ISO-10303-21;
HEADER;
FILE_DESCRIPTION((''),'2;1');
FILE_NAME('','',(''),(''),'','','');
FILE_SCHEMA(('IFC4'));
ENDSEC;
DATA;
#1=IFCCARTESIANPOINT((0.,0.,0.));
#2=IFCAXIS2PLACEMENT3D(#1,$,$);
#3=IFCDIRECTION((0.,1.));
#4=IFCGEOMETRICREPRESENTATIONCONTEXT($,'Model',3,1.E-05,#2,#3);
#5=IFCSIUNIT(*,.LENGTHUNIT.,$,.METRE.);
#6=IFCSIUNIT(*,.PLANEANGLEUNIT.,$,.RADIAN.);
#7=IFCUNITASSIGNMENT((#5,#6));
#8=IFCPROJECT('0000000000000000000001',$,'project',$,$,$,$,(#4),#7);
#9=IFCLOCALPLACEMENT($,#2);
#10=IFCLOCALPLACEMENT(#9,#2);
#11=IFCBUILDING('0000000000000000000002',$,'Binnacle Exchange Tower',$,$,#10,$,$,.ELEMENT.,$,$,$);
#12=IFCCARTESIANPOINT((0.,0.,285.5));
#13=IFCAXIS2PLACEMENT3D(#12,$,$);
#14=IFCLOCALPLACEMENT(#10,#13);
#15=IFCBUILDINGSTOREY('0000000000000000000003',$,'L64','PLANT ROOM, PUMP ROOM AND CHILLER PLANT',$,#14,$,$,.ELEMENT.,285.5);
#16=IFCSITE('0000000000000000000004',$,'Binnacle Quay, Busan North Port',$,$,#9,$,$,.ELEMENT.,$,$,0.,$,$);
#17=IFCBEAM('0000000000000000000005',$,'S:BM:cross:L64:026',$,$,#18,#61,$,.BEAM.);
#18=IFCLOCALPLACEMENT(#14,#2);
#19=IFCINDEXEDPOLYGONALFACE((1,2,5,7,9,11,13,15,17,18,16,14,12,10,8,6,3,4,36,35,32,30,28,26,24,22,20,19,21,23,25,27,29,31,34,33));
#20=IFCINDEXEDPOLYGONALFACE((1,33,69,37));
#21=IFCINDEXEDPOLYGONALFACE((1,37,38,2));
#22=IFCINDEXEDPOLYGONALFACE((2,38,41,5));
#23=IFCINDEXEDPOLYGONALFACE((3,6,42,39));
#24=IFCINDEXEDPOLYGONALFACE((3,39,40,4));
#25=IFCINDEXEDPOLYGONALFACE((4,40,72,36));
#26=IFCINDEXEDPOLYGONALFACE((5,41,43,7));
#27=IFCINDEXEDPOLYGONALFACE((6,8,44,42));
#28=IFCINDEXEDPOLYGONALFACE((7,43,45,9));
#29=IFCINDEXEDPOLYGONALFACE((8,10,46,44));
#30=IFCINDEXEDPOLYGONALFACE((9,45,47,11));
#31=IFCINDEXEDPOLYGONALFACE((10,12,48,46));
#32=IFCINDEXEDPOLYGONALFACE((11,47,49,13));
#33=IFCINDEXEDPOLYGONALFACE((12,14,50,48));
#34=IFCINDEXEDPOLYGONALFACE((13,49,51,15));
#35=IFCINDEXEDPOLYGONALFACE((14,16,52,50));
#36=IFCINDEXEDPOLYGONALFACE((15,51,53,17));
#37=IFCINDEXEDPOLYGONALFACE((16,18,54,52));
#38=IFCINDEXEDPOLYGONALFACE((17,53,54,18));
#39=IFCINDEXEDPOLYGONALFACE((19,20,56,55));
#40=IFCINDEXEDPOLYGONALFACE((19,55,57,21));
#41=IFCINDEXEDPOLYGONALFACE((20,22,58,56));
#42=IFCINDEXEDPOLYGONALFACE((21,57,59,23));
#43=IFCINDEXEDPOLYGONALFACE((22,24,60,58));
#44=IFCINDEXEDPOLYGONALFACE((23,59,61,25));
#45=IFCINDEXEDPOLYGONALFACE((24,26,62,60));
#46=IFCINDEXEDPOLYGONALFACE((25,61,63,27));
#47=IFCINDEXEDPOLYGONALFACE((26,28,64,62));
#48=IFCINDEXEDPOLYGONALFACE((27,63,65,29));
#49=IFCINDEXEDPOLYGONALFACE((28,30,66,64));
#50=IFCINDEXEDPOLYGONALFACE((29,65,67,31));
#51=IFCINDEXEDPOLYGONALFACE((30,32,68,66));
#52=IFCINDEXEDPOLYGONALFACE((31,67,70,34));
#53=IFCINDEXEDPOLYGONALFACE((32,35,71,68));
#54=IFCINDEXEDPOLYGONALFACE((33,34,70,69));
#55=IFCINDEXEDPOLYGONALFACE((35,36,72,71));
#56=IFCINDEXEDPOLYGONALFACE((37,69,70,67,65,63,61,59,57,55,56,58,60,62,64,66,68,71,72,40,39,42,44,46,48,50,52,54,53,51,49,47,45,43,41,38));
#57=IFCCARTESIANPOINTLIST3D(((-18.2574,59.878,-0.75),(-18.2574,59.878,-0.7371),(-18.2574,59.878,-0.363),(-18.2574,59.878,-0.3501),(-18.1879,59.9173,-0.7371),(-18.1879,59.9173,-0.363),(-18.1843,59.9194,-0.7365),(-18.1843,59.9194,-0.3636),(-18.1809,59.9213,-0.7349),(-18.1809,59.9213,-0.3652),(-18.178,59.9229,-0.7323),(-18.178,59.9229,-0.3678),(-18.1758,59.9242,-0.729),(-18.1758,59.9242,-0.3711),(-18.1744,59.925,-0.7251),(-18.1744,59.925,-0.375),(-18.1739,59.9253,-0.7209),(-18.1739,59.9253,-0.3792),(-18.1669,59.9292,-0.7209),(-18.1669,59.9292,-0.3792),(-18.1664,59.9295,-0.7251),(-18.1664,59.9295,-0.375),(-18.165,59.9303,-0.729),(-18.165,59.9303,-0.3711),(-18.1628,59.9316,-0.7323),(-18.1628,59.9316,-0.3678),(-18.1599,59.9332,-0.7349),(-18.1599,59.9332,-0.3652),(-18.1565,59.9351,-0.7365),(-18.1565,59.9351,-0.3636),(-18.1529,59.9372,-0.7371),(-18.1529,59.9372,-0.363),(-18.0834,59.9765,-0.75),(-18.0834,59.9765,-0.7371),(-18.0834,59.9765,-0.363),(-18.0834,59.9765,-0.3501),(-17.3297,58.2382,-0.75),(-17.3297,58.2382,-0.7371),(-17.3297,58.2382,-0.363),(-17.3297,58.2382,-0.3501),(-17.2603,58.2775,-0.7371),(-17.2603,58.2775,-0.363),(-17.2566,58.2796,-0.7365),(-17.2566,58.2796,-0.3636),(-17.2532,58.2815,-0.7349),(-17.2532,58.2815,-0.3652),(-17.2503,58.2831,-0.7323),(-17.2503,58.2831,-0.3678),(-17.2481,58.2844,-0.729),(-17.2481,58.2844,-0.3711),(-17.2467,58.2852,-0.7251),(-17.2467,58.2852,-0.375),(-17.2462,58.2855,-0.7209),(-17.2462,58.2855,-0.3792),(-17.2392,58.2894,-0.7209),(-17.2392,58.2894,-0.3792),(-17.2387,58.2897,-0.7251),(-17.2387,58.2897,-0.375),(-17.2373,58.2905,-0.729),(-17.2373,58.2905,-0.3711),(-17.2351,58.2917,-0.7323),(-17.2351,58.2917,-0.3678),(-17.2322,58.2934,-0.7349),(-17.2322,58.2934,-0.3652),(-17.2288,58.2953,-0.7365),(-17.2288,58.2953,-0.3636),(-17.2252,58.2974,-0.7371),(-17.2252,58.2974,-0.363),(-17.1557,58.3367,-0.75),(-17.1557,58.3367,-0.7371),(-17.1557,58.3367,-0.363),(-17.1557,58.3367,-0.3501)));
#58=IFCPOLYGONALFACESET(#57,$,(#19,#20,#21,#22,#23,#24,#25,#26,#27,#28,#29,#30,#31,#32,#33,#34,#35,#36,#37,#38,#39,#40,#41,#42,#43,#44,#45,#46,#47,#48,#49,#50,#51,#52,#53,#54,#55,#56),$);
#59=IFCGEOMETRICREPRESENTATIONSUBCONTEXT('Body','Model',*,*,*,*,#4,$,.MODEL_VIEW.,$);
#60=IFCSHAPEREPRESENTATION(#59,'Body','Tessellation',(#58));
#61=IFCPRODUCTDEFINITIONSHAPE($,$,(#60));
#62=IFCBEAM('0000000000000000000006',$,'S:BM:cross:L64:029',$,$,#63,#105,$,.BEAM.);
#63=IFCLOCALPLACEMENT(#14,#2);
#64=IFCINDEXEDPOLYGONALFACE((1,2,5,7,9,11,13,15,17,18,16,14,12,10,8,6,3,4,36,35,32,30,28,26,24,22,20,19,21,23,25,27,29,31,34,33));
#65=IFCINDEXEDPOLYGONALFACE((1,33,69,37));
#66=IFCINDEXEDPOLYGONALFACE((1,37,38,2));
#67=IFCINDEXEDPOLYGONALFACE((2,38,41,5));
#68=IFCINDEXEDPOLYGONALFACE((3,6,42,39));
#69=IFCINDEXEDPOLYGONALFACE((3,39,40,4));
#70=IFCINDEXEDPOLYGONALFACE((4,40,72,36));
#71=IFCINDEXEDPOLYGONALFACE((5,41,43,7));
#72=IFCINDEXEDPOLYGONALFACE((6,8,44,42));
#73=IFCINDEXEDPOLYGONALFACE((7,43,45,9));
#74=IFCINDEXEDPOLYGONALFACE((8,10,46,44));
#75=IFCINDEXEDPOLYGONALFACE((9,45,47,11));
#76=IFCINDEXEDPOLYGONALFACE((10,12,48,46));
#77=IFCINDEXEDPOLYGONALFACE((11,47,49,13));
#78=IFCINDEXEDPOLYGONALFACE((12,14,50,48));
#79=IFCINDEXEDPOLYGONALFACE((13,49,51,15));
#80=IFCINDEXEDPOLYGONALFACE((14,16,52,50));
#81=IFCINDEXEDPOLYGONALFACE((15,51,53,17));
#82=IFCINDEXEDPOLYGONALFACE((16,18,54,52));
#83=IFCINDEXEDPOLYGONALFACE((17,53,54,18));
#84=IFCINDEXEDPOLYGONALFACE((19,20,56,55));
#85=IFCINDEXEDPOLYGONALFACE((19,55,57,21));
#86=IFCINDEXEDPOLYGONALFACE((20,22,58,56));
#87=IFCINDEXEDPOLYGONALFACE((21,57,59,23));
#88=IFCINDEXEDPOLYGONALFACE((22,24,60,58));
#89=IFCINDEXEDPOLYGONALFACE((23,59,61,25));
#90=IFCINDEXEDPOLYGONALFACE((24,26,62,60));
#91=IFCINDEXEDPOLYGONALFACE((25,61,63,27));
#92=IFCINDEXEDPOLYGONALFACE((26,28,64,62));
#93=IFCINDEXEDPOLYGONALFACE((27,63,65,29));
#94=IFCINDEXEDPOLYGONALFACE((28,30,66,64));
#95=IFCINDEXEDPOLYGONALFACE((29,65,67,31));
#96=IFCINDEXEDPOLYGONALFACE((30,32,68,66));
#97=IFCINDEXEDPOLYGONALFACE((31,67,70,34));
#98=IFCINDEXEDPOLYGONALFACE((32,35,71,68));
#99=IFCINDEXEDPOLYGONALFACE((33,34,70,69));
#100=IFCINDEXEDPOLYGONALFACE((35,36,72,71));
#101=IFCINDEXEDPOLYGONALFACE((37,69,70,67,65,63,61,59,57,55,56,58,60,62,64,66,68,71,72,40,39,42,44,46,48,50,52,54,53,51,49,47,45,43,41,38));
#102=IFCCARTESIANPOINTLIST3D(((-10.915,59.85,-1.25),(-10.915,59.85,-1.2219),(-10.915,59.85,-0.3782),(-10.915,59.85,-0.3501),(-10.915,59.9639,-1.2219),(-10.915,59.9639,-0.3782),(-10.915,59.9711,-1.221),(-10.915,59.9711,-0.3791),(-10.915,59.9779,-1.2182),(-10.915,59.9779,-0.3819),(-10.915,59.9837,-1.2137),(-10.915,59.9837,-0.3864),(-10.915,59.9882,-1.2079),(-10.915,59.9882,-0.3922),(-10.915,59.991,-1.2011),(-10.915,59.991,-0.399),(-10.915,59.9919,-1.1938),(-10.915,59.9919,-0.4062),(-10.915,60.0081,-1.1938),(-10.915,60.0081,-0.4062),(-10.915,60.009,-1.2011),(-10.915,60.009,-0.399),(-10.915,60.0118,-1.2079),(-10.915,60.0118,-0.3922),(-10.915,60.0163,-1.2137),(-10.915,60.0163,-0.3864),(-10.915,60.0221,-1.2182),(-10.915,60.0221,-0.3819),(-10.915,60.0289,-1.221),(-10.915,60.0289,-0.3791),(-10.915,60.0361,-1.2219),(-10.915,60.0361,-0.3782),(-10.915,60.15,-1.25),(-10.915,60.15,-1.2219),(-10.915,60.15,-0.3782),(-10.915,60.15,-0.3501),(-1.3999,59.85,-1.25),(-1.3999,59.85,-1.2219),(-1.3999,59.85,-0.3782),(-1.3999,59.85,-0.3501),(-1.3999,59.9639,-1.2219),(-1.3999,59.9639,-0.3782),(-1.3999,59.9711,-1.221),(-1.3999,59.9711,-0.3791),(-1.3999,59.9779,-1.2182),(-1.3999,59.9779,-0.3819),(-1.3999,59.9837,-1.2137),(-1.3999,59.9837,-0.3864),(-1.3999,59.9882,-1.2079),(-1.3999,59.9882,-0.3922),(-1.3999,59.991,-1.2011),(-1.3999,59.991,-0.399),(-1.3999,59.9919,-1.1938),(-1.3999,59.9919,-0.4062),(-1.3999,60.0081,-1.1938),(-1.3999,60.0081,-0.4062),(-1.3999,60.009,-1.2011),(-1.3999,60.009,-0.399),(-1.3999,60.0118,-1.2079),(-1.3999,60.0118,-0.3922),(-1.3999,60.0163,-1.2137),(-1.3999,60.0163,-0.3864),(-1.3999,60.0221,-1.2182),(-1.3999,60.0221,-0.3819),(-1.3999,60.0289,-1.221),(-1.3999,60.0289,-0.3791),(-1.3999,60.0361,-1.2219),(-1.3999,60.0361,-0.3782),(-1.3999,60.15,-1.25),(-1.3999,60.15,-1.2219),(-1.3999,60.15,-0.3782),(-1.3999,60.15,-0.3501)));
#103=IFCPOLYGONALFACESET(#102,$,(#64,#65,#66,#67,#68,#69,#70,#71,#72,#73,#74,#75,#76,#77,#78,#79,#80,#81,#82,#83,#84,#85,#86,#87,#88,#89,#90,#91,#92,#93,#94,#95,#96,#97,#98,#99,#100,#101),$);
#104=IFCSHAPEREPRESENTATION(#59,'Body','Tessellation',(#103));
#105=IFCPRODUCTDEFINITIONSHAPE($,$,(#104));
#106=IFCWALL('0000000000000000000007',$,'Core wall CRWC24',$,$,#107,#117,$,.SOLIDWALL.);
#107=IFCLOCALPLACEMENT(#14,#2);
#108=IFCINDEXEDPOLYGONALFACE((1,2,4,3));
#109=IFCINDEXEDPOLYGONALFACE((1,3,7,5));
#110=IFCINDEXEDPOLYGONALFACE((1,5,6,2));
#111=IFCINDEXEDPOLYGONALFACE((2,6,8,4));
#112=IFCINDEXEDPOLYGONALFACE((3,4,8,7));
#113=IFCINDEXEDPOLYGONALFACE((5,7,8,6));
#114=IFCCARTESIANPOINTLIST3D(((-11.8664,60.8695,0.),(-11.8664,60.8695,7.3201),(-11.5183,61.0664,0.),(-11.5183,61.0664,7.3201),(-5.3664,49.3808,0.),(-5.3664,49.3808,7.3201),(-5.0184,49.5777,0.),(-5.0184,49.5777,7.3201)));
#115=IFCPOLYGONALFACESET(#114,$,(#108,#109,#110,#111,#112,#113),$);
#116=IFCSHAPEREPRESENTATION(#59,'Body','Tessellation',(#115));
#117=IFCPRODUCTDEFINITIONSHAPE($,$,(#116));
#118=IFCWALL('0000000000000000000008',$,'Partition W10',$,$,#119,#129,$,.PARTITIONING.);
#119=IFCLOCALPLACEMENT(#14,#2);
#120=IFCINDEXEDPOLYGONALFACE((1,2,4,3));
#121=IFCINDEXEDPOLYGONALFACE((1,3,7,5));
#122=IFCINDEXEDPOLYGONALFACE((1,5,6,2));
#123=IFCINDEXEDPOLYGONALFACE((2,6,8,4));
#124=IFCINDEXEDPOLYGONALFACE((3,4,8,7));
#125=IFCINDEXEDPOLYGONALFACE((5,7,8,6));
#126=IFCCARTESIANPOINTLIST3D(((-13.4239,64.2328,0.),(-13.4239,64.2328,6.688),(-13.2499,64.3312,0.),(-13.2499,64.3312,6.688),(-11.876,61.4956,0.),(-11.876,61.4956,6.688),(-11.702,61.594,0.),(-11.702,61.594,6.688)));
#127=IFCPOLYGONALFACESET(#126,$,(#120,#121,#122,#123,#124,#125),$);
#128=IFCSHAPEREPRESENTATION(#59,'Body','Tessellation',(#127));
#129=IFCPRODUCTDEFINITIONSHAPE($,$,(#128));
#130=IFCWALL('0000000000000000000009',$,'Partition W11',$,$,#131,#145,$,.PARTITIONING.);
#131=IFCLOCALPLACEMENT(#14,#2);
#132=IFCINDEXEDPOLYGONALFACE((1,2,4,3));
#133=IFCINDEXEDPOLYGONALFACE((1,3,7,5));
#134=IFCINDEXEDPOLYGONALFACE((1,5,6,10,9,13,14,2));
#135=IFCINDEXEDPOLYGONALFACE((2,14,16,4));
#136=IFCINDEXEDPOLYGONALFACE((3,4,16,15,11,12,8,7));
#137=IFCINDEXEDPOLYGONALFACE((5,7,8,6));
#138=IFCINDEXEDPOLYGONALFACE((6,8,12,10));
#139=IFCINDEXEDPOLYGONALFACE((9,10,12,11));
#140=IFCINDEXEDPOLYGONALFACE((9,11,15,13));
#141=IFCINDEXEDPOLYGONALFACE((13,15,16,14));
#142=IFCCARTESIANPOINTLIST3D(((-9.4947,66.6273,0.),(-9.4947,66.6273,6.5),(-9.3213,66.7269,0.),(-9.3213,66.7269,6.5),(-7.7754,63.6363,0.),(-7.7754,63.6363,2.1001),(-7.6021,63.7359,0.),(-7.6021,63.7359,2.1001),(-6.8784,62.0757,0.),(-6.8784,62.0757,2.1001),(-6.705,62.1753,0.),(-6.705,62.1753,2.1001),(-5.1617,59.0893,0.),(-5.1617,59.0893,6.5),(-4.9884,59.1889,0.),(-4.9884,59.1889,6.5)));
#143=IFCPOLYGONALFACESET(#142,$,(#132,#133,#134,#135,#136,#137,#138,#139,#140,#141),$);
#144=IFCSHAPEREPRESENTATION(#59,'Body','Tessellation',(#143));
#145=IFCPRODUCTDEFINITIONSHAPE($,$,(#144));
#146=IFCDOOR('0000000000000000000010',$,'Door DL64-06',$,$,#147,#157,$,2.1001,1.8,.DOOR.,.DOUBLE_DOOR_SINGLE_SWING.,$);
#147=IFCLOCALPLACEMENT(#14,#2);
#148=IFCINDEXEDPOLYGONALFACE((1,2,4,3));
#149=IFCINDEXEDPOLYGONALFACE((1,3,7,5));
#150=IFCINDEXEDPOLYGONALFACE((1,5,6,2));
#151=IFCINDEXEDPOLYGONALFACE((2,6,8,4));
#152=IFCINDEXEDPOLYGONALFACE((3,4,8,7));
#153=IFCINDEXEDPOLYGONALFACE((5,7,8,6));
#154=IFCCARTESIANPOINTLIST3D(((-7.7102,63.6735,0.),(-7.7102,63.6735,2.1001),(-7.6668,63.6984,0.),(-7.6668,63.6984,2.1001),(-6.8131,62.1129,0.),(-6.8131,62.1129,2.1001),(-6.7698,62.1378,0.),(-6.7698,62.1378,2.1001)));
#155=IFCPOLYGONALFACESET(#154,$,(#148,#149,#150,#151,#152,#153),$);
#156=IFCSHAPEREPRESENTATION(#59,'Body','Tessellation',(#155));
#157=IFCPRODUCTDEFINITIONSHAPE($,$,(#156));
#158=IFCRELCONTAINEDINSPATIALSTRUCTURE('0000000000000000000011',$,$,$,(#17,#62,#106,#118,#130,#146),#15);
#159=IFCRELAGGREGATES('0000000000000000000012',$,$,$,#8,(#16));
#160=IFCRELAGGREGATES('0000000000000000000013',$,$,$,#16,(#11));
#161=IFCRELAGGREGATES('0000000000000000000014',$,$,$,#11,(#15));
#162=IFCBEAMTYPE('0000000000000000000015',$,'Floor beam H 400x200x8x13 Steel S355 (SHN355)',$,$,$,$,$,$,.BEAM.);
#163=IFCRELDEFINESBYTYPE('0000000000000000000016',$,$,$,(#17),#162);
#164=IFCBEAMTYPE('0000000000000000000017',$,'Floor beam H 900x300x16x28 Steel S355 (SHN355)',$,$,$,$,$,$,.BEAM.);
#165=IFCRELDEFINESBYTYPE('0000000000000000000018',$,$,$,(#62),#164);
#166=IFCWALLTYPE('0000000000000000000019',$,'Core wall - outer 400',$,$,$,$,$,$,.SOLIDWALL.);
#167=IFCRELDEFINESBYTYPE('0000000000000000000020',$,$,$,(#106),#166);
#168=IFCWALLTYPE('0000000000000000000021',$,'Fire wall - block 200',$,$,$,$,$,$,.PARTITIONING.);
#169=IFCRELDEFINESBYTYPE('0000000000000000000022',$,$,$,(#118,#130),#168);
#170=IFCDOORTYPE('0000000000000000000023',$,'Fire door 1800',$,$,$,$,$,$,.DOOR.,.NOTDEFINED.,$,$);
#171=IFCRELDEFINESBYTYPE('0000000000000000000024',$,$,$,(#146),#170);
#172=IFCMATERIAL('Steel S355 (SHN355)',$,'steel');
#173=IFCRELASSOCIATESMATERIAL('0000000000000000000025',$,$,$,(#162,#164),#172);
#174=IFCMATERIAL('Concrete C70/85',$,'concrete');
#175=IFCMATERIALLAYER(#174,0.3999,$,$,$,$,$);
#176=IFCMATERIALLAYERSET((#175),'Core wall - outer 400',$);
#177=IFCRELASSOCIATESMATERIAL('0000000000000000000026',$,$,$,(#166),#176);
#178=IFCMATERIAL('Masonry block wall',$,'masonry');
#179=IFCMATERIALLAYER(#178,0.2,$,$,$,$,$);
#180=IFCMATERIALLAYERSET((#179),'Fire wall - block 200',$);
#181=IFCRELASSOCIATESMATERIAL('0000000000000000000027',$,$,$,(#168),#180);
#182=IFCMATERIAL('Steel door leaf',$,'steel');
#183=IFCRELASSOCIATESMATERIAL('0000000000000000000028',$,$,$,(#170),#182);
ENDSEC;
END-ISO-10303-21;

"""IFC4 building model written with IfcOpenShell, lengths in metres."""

from ifc_helpers import new_model, si_unit, direction, frame, frame_2d, origin, origin_2d, place, context, subcontext, project, spatial, rectangle, i_section, extrude, material, layer, layer_set, material_profile, profile_set, type_object, element, fill, save


model = new_model("IFC4")

# Units and contexts
model_context = context("Model", 3, precision=1e-05, world=origin(), true_north=direction((0.0, 1.0)))
body_context = subcontext(model_context, "Body", "Model", "MODEL_VIEW")
ifc_project = project(units=[si_unit("LENGTHUNIT", "METRE"), si_unit("PLANEANGLEUNIT", "RADIAN")], contexts=[model_context])

# Site, building, storey
site_placement = place(None, origin())
site = spatial("IfcSite", under=ifc_project, at=site_placement, Name="Binnacle Quay, Busan North Port", CompositionType="ELEMENT", RefElevation=0.0)
building_placement = place(site_placement, origin())
building = spatial("IfcBuilding", under=site, at=building_placement, Name="Binnacle Exchange Tower", CompositionType="ELEMENT")
storey_placement = place(building_placement, frame((0.0, 0.0, 285.5)))
storey = spatial("IfcBuildingStorey", under=building, at=storey_placement, Name="L64", Description="PLANT ROOM, PUMP ROOM AND CHILLER PLANT", CompositionType="ELEMENT", Elevation=285.5)

# Beams
ifc_material_1 = material(Name="Steel S355 (SHN355)", Category="steel")
ifc_material_profile_1 = material_profile(ifc_material_1, i_section(OverallWidth=0.2, OverallDepth=0.3999, WebThickness=0.0081, FlangeThickness=0.0129, FilletRadius=0.0161, at=origin_2d()), Name="H 400x200x8x13")
ifc_profile_set_1 = profile_set([ifc_material_profile_1], Name="Steel S355 (SHN355)")
beam_type_1 = type_object("IfcBeamType", Name="Floor beam H 400x200x8x13 Steel S355 (SHN355)", PredefinedType="BEAM", material=ifc_profile_set_1)
beam_1_placement = place(storey_placement, frame((-18.1704, 59.9272, -0.55), z_axis=(0.492395, -0.870372, 0.0), x_axis=(0.870372, 0.492395, 0.0)))
element("IfcBeam", 1, at=beam_1_placement, inside=storey, type_object=beam_type_1, Name="S:BM:cross:L64:026", PredefinedType="BEAM", context=body_context, shape_type="SweptSolid", body=[
    extrude(i_section(OverallWidth=0.2, OverallDepth=0.3999, WebThickness=0.0081, FlangeThickness=0.0129, FilletRadius=0.0161, at=origin_2d()), origin(), (0.0, 0.0, 1.0), 1.884),
])
ifc_material_profile_2 = material_profile(ifc_material_1, i_section(OverallWidth=0.3, OverallDepth=0.8999, WebThickness=0.0161, FlangeThickness=0.0281, FilletRadius=0.0281, at=origin_2d()), Name="H 900x300x16x28")
ifc_profile_set_2 = profile_set([ifc_material_profile_2], Name="Steel S355 (SHN355)")
beam_type_2 = type_object("IfcBeamType", Name="Floor beam H 900x300x16x28 Steel S355 (SHN355)", PredefinedType="BEAM", material=ifc_profile_set_2)
beam_2_placement = place(storey_placement, frame((-1.3999, 60.0, -0.8), z_axis=(-1.0, 0.0, 0.0), x_axis=(0.0, -1.0, 0.0)))
element("IfcBeam", 2, at=beam_2_placement, inside=storey, type_object=beam_type_2, Name="S:BM:cross:L64:029", PredefinedType="BEAM", context=body_context, shape_type="SweptSolid", body=[
    extrude(i_section(OverallWidth=0.3, OverallDepth=0.8999, WebThickness=0.0161, FlangeThickness=0.0281, FilletRadius=0.0281, at=origin_2d()), origin(), (0.0, 0.0, 1.0), 9.5151),
])

# Walls
ifc_material_2 = material(Name="Concrete C70/85", Category="concrete")
ifc_layer_1 = layer(ifc_material_2, 0.3999)
ifc_layer_set_1 = layer_set([ifc_layer_1], Name="Core wall - outer 400")
wall_type_1 = type_object("IfcWallType", Name="Core wall - outer 400", PredefinedType="SOLIDWALL", material=ifc_layer_set_1)
wall_1_placement = place(storey_placement, frame((-11.6924, 60.968, 0.0), z_axis=(0.0, 0.0, 1.0), x_axis=(0.492422, -0.870357, 0.0)))
element("IfcWall", 3, at=wall_1_placement, inside=storey, type_object=wall_type_1, Name="Core wall CRWC24", PredefinedType="SOLIDWALL", context=body_context, shape_type="SweptSolid", body=[
    extrude(rectangle(XDim=13.2, YDim=0.3999, at=frame_2d((6.6001, 0.0))), origin(), (0.0, 0.0, 1.0), 7.3201),
])
ifc_material_3 = material(Name="Masonry block wall", Category="masonry")
ifc_layer_2 = layer(ifc_material_3, 0.2)
ifc_layer_set_2 = layer_set([ifc_layer_2], Name="Fire wall - block 200")
wall_type_2 = type_object("IfcWallType", Name="Fire wall - block 200", PredefinedType="PARTITIONING", material=ifc_layer_set_2)
wall_2_placement = place(storey_placement, frame((-13.3369, 64.282, 0.0), z_axis=(0.0, 0.0, 1.0), x_axis=(0.492254, -0.870451, 0.0)))
element("IfcWall", 4, at=wall_2_placement, inside=storey, type_object=wall_type_2, Name="Partition W10", PredefinedType="PARTITIONING", context=body_context, shape_type="SweptSolid", body=[
    extrude(rectangle(XDim=3.1445, YDim=0.2, at=frame_2d((1.5723, 0.0))), origin(), (0.0, 0.0, 1.0), 6.688),
])

# Wall, opening, door
wall_3_placement = place(storey_placement, frame((-9.408, 66.677, 0.0), z_axis=(0.0, 0.0, 1.0), x_axis=(0.498351, -0.866975, 0.0)))
wall_3 = element("IfcWall", 5, at=wall_3_placement, inside=storey, type_object=wall_type_2, Name="Partition W11", PredefinedType="PARTITIONING", context=body_context, shape_type="SweptSolid", body=[
    extrude(rectangle(XDim=8.6946, YDim=0.2, at=frame_2d((4.3472, 0.0))), origin(), (0.0, 0.0, 1.0), 6.5),
])
opening_1_placement = place(wall_3_placement, frame((3.45, 0.0, 0.0)))
opening_1 = element("IfcOpeningElement", 6, at=opening_1_placement, cuts=wall_3, PredefinedType="OPENING", context=body_context, shape_type="SweptSolid", body=[
    extrude(rectangle(XDim=1.8, YDim=2.1001, at=frame_2d((0.8999, 1.05))), frame((0.0, 0.1099, 0.0), z_axis=(0.0, -1.0, 0.0), x_axis=(1.0, 0.0, 0.0)), (0.0, 0.0, 1.0), 0.22),
])
ifc_material_4 = material(Name="Steel door leaf", Category="steel")
door_type = type_object("IfcDoorType", Name="Fire door 1800", OperationType="NOTDEFINED", PredefinedType="DOOR", material=ifc_material_4)
door_1_placement = place(opening_1_placement, frame((1.8, 0.0, 0.0), z_axis=(0.0, 0.0, 1.0), x_axis=(-1.0, 0.0, 0.0)))
door_1 = element("IfcDoor", 7, at=door_1_placement, inside=storey, type_object=door_type, Name="Door DL64-06", OperationType="DOUBLE_DOOR_SINGLE_SWING", OverallHeight=2.1001, OverallWidth=1.8, PredefinedType="DOOR", context=body_context, shape_type="SweptSolid", body=[
    extrude(rectangle(XDim=1.8, YDim=2.1001, at=frame_2d((0.8999, 1.05))), frame((0.0, 0.0249, 0.0), z_axis=(0.0, -1.0, 0.0), x_axis=(1.0, 0.0, 0.0)), (0.0, 0.0, 1.0), 0.05),
])
fill(opening_1, door_1)

save(model, "model.ifc")
